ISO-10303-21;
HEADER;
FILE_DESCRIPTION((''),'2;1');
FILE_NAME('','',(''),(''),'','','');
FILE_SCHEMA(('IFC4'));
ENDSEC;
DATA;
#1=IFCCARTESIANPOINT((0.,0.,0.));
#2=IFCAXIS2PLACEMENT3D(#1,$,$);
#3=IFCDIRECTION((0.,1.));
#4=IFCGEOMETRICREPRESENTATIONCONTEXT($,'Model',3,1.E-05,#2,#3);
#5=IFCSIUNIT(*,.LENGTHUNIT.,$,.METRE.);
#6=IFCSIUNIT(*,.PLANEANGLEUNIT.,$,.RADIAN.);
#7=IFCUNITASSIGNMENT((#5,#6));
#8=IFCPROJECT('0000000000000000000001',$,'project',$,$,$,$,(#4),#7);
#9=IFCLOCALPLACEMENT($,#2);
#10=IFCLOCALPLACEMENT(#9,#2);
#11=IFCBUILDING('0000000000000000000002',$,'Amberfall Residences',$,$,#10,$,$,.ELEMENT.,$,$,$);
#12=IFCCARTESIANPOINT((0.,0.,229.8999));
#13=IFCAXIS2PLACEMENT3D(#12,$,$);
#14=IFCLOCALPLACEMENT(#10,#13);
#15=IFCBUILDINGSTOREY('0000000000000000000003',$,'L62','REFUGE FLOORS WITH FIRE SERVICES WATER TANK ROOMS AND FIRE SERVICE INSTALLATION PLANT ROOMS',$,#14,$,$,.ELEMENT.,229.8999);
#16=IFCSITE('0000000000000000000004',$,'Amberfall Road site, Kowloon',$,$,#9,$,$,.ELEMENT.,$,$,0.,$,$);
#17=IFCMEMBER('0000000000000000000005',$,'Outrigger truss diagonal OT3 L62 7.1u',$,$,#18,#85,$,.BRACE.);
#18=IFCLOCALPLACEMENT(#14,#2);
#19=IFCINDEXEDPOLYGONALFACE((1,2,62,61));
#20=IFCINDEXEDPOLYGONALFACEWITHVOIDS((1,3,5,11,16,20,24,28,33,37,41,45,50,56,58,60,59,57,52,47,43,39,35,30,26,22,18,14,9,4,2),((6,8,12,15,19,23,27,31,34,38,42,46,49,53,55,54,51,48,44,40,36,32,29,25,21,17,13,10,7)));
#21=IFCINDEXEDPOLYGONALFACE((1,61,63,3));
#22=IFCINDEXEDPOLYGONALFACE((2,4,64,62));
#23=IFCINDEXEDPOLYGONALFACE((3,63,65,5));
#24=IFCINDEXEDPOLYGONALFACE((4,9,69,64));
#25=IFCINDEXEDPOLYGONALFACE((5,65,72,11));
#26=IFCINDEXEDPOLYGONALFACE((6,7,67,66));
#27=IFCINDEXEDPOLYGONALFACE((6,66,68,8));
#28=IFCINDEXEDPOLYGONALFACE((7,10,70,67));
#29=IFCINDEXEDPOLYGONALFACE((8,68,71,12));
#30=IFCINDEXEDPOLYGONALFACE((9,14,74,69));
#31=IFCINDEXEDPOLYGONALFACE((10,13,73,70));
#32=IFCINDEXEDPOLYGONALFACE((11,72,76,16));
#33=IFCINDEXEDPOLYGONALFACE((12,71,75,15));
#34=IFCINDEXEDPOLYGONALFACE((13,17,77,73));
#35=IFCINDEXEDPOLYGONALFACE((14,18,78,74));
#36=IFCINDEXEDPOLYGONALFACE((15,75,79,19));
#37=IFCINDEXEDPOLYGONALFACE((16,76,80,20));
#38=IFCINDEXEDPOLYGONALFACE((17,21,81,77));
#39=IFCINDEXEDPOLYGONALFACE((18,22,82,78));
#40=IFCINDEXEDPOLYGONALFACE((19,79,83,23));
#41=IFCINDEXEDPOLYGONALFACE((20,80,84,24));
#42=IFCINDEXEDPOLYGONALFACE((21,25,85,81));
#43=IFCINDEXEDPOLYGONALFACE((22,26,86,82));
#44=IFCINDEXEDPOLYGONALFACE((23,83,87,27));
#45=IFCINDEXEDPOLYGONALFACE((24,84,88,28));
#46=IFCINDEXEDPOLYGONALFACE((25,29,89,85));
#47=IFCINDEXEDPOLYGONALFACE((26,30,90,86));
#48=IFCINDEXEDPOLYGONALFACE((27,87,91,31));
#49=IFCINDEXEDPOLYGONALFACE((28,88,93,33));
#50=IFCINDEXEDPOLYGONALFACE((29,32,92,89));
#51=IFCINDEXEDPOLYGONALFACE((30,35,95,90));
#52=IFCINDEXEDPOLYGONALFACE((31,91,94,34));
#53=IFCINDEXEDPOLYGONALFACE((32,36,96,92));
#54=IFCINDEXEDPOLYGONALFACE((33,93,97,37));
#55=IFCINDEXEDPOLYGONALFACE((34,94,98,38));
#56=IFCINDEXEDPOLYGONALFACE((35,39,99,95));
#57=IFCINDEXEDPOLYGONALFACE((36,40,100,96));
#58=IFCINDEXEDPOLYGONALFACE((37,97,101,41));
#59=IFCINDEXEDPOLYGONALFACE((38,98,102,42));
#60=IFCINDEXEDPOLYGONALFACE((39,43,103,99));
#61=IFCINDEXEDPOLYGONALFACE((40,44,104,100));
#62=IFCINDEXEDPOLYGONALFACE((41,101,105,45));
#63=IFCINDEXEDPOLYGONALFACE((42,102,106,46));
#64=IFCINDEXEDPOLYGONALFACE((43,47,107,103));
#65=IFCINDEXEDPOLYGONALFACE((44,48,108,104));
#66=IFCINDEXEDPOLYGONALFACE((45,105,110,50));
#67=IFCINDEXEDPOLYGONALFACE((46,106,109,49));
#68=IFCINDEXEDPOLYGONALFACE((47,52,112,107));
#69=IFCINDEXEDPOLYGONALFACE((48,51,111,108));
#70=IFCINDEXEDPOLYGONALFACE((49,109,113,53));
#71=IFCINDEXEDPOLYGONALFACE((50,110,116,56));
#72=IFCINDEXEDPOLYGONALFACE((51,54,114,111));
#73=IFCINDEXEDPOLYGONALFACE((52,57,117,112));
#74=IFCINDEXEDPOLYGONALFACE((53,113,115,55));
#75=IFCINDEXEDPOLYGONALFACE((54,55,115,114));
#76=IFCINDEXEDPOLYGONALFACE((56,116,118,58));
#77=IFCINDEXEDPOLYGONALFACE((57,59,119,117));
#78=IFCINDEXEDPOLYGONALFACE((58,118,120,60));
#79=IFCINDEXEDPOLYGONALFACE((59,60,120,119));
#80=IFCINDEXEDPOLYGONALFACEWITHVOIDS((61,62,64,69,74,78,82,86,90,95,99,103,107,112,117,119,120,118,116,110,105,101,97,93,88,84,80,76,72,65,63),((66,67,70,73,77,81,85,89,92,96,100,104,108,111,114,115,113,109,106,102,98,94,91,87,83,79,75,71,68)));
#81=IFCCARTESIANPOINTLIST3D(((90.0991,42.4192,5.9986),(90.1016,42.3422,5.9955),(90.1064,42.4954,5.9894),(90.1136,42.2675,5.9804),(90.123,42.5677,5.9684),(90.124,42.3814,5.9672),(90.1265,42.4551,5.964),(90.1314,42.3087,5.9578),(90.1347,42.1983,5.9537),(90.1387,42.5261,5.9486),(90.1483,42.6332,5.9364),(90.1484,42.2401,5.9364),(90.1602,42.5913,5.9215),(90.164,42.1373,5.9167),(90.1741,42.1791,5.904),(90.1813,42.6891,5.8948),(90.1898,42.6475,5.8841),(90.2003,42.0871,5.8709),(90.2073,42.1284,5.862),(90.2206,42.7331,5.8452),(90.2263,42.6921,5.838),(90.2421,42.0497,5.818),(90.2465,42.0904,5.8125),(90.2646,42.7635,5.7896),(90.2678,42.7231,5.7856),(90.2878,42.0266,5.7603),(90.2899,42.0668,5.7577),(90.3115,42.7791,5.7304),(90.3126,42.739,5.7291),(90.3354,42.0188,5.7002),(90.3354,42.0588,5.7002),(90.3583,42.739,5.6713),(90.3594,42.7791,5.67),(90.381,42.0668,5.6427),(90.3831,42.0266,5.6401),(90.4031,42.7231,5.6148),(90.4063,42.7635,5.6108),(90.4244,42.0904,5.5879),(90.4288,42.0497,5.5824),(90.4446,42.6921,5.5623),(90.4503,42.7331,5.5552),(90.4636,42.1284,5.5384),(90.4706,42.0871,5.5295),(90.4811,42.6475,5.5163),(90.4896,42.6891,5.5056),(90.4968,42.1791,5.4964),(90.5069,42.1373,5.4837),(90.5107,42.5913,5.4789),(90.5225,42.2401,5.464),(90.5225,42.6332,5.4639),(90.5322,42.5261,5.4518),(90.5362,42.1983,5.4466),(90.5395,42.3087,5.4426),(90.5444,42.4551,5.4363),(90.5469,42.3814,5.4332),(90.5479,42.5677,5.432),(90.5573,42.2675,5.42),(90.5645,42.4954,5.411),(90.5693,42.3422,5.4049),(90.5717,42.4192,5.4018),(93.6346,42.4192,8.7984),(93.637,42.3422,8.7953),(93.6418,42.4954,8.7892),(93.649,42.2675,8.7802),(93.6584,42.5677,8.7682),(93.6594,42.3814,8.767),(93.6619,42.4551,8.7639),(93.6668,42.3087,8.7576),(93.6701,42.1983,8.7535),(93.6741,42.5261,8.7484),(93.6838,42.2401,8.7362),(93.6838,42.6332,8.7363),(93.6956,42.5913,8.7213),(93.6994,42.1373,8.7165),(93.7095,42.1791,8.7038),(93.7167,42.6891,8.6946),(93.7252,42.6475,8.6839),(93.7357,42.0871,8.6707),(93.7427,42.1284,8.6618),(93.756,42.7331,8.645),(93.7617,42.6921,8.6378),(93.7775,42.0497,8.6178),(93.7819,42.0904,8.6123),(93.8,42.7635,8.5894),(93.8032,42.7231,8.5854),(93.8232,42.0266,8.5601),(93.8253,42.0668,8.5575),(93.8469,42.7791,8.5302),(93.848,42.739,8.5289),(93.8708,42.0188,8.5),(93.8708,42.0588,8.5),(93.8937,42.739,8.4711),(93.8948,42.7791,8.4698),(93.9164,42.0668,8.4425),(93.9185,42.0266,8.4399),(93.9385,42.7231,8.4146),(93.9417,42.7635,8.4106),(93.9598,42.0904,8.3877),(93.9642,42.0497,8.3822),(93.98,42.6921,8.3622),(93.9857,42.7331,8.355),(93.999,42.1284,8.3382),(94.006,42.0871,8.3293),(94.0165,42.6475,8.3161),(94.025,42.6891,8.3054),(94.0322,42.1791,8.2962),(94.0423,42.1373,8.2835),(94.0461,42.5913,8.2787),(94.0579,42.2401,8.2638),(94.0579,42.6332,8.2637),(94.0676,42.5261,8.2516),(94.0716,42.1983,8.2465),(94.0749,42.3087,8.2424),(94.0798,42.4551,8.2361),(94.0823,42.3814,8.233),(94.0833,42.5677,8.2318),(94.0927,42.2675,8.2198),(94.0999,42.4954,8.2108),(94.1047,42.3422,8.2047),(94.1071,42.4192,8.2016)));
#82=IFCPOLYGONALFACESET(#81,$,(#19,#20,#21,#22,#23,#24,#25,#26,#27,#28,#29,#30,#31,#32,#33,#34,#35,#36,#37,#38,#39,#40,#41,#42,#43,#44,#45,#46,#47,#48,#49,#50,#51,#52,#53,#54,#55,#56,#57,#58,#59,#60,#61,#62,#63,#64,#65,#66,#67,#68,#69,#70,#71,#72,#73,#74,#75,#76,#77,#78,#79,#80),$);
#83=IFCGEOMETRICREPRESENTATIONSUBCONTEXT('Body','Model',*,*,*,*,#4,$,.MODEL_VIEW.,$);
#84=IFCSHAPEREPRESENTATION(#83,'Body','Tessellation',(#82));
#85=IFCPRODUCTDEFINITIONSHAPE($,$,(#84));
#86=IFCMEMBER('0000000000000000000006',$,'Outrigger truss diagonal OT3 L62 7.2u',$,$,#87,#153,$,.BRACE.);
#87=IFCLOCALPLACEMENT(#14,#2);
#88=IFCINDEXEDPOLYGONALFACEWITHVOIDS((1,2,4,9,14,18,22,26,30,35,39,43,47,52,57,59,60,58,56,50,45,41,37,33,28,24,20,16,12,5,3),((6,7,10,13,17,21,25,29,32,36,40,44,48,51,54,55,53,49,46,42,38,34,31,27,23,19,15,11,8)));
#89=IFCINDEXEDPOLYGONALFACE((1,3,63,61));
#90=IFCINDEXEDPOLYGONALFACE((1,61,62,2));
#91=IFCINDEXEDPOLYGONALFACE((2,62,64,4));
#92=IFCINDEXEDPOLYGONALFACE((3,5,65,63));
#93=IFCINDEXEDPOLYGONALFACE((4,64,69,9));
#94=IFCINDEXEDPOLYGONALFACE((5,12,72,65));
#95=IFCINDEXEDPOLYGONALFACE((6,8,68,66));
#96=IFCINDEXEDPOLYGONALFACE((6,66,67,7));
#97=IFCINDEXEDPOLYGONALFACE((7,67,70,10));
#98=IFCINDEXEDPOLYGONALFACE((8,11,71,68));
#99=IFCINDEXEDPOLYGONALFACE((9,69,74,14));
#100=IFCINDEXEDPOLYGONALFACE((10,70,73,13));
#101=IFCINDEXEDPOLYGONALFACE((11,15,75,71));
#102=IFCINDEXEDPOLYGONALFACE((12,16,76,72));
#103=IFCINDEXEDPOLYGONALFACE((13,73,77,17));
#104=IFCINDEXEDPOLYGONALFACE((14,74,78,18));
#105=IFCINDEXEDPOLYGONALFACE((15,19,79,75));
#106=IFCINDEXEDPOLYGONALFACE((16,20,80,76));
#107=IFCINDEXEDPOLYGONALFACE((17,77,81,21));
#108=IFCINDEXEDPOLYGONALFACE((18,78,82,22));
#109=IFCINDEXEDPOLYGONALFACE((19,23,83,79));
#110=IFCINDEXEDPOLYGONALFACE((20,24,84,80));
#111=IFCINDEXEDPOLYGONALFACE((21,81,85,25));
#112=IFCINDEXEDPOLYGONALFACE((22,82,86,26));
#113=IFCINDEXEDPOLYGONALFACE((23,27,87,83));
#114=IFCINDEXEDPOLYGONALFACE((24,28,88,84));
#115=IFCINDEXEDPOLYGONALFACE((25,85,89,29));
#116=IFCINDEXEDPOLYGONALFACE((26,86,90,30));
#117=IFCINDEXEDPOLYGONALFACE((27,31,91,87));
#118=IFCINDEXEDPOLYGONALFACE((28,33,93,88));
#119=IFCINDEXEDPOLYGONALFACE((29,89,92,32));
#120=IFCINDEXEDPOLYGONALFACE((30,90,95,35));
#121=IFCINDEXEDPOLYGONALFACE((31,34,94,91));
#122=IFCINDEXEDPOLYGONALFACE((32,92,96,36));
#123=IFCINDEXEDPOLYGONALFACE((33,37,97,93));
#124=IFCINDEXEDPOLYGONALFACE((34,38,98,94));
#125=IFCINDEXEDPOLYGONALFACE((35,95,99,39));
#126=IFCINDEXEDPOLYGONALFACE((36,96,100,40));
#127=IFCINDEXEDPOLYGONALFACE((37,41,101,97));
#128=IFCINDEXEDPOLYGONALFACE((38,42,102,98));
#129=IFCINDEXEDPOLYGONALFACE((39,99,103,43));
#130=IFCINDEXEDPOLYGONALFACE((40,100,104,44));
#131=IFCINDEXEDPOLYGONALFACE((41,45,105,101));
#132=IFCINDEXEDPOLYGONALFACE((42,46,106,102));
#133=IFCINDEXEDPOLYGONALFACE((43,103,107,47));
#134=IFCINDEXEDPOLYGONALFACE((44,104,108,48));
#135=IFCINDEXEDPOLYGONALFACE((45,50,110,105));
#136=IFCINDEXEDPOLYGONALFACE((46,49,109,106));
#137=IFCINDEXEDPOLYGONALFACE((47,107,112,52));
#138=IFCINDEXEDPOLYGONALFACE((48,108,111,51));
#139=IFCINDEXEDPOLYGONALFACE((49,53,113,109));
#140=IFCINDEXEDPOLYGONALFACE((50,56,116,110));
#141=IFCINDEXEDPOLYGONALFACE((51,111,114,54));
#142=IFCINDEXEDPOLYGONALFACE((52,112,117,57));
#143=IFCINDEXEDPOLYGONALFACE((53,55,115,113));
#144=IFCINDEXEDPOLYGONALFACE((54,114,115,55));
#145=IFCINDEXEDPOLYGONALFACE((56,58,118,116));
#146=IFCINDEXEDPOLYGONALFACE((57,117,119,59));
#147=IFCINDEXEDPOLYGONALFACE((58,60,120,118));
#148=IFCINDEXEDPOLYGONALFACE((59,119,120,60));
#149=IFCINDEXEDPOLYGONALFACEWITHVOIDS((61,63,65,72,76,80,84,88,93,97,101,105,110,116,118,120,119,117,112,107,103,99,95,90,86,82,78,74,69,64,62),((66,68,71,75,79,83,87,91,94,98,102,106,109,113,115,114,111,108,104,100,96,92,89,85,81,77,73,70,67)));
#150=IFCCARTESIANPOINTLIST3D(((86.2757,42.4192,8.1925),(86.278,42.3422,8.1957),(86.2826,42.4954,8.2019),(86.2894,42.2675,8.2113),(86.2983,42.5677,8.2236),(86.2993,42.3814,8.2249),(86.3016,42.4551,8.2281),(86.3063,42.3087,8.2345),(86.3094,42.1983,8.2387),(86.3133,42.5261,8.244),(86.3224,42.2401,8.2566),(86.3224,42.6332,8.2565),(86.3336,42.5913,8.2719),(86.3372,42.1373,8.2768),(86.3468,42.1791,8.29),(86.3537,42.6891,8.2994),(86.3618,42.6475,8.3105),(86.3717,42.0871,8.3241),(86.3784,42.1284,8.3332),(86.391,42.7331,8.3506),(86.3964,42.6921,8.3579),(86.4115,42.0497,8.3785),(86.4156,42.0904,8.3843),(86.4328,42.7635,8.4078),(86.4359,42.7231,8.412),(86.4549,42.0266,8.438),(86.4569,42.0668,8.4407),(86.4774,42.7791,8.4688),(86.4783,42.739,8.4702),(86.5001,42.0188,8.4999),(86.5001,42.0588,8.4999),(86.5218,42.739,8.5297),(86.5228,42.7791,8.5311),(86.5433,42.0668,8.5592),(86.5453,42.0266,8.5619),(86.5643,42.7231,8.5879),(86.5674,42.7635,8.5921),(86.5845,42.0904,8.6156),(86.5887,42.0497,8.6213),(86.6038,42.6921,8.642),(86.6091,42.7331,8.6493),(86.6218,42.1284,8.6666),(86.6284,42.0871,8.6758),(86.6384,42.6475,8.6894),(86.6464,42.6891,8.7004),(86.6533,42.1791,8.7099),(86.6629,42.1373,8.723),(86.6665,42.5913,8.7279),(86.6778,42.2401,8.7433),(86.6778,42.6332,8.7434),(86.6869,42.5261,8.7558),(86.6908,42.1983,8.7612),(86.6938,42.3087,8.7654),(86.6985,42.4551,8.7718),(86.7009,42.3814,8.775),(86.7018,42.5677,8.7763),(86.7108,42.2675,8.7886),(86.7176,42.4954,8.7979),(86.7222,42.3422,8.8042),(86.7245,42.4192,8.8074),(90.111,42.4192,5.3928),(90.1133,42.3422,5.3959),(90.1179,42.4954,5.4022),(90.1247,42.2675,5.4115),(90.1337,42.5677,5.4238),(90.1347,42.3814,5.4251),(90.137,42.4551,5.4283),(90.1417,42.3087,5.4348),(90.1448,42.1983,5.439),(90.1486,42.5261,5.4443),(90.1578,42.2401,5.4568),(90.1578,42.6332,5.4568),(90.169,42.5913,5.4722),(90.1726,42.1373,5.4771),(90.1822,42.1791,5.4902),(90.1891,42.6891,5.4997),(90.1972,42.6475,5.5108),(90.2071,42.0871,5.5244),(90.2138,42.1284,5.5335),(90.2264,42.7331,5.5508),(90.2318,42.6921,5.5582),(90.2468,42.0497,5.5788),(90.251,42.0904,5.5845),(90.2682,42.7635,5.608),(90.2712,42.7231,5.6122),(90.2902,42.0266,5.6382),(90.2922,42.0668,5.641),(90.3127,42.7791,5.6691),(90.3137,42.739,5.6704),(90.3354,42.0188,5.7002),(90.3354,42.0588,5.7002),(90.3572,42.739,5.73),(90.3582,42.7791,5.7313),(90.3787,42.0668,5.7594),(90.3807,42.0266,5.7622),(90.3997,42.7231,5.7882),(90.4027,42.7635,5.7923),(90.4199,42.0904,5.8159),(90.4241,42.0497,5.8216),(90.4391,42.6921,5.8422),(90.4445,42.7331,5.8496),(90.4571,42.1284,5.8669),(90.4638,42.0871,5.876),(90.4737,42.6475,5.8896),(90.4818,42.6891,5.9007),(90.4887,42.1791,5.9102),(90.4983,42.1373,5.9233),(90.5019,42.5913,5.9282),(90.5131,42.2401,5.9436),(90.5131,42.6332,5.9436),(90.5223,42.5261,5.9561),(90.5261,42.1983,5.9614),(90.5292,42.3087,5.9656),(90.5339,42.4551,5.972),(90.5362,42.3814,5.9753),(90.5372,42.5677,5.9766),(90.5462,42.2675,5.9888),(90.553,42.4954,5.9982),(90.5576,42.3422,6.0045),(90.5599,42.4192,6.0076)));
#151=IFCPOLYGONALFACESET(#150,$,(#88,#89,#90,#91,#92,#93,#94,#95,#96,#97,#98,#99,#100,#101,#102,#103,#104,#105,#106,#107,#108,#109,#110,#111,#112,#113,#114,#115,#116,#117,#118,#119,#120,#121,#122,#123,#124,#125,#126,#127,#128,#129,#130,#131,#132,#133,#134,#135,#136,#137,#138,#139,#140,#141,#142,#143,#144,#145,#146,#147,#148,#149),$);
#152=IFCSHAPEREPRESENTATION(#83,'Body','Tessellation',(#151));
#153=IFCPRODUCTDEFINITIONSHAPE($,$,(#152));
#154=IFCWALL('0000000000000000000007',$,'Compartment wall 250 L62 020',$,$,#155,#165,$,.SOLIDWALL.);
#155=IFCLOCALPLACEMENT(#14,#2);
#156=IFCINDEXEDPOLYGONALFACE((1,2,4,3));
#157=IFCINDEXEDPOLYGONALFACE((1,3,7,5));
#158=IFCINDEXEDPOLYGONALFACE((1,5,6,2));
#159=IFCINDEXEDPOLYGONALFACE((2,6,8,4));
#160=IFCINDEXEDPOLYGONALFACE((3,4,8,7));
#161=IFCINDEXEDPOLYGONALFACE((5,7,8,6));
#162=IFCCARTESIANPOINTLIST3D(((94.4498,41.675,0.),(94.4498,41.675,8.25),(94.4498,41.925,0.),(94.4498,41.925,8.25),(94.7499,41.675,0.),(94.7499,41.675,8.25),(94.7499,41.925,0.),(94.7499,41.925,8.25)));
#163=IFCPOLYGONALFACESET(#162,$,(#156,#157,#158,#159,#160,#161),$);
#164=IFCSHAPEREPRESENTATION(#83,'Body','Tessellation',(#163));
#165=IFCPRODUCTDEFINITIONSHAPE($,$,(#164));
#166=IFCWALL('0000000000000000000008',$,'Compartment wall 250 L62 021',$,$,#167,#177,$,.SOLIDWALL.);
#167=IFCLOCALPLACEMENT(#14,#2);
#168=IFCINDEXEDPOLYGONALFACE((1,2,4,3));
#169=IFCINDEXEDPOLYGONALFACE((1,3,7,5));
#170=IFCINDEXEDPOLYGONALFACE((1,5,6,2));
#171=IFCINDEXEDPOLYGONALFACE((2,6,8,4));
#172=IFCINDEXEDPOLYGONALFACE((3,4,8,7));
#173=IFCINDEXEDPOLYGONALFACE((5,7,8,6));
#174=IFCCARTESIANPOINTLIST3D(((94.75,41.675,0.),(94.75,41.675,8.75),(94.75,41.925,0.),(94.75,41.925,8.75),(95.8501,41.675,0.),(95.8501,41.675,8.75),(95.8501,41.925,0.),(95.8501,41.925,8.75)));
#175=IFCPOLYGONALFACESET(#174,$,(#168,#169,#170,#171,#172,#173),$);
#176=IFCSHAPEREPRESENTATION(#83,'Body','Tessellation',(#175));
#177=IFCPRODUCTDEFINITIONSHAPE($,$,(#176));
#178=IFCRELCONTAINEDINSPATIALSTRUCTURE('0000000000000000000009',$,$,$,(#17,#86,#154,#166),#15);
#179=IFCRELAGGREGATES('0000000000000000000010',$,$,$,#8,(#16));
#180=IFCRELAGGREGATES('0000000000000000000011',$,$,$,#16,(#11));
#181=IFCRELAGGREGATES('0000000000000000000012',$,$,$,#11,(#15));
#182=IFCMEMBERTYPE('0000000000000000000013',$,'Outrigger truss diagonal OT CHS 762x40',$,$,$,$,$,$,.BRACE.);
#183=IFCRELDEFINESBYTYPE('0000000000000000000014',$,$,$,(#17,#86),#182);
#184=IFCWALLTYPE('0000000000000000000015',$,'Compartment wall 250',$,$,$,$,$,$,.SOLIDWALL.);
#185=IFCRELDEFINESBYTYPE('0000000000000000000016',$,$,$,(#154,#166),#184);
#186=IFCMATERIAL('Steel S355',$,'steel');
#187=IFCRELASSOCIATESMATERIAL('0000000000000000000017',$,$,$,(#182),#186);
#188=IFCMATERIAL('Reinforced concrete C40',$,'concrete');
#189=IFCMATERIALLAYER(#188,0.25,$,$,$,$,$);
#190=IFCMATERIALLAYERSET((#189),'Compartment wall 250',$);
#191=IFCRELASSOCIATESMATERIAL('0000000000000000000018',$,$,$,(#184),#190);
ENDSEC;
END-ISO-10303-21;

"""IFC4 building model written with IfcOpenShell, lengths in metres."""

from ifc_helpers import new_model, si_unit, direction, frame, frame_2d, origin, origin_2d, place, context, subcontext, project, spatial, rectangle, hollow_circle, extrude, material, layer, layer_set, material_profile, profile_set, type_object, element, save


model = new_model("IFC4")

# Units and contexts
model_context = context("Model", 3, precision=1e-05, world=origin(), true_north=direction((0.0, 1.0)))
body_context = subcontext(model_context, "Body", "Model", "MODEL_VIEW")
ifc_project = project(units=[si_unit("LENGTHUNIT", "METRE"), si_unit("PLANEANGLEUNIT", "RADIAN")], contexts=[model_context])

# Site, building, storey
site_placement = place(None, origin())
site = spatial("IfcSite", under=ifc_project, at=site_placement, Name="Amberfall Road site, Kowloon", CompositionType="ELEMENT", RefElevation=0.0)
building_placement = place(site_placement, origin())
building = spatial("IfcBuilding", under=site, at=building_placement, Name="Amberfall Residences", CompositionType="ELEMENT")
storey_placement = place(building_placement, frame((0.0, 0.0, 229.8999)))
storey = spatial("IfcBuildingStorey", under=building, at=storey_placement, Name="L62", Description="REFUGE FLOORS WITH FIRE SERVICES WATER TANK ROOMS AND FIRE SERVICE INSTALLATION PLANT ROOMS", CompositionType="ELEMENT", Elevation=229.8999)

# Shared definitions
ifc_material_1 = material(Name="Steel S355", Category="steel")

# Members
ifc_material_profile_1 = material_profile(ifc_material_1, hollow_circle(Radius=0.3811, WallThickness=0.04, at=origin_2d()), Name="CHS 762x40")
ifc_profile_set_1 = profile_set([ifc_material_profile_1], Name="Steel S355")
member_type_1 = type_object("IfcMemberType", Name="Outrigger truss diagonal OT CHS 762x40", PredefinedType="BRACE", material=ifc_profile_set_1)
member_1_placement = place(storey_placement, frame((93.8708, 42.3999, 8.5), z_axis=(-0.783944, 0.0, -0.620832), x_axis=(0.0, -1.0, 0.0)))
element("IfcMember", 1, at=member_1_placement, inside=storey, type_object=member_type_1, Name="Outrigger truss diagonal OT3 L62 7.1u", PredefinedType="BRACE", context=body_context, shape_type="SweptSolid", body=[
    extrude(hollow_circle(Radius=0.3811, WallThickness=0.04, at=origin_2d()), origin(), (0.0, 0.0, 1.0), 4.5098),
])
member_2_placement = place(storey_placement, frame((90.3354, 42.3999, 5.7002), z_axis=(-0.807694, 0.0, 0.589601), x_axis=(0.0, -1.0, 0.0)))
element("IfcMember", 2, at=member_2_placement, inside=storey, type_object=member_type_1, Name="Outrigger truss diagonal OT3 L62 7.2u", PredefinedType="BRACE", context=body_context, shape_type="SweptSolid", body=[
    extrude(hollow_circle(Radius=0.3811, WallThickness=0.04, at=origin_2d()), origin(), (0.0, 0.0, 1.0), 4.7485),
])

# Walls
ifc_material_2 = material(Name="Reinforced concrete C40", Category="concrete")
ifc_layer = layer(ifc_material_2, 0.25)
ifc_layer_set = layer_set([ifc_layer], Name="Compartment wall 250")
wall_type = type_object("IfcWallType", Name="Compartment wall 250", PredefinedType="SOLIDWALL", material=ifc_layer_set)
wall_1_placement = place(storey_placement, frame((94.45, 41.8, 0.0), z_axis=(0.0, 0.0, 1.0), x_axis=(1.0, 0.0, 0.0)))
element("IfcWall", 3, at=wall_1_placement, inside=storey, type_object=wall_type, Name="Compartment wall 250 L62 020", PredefinedType="SOLIDWALL", context=body_context, shape_type="SweptSolid", body=[
    extrude(rectangle(XDim=0.3, YDim=0.25, at=frame_2d((0.1499, 0.0))), origin(), (0.0, 0.0, 1.0), 8.25),
])
wall_2_placement = place(storey_placement, frame((94.75, 41.8, 0.0), z_axis=(0.0, 0.0, 1.0), x_axis=(1.0, 0.0, 0.0)))
element("IfcWall", 4, at=wall_2_placement, inside=storey, type_object=wall_type, Name="Compartment wall 250 L62 021", PredefinedType="SOLIDWALL", context=body_context, shape_type="SweptSolid", body=[
    extrude(rectangle(XDim=1.1001, YDim=0.25, at=frame_2d((0.55, 0.0))), origin(), (0.0, 0.0, 1.0), 8.75),
])

save(model, "model.ifc")
